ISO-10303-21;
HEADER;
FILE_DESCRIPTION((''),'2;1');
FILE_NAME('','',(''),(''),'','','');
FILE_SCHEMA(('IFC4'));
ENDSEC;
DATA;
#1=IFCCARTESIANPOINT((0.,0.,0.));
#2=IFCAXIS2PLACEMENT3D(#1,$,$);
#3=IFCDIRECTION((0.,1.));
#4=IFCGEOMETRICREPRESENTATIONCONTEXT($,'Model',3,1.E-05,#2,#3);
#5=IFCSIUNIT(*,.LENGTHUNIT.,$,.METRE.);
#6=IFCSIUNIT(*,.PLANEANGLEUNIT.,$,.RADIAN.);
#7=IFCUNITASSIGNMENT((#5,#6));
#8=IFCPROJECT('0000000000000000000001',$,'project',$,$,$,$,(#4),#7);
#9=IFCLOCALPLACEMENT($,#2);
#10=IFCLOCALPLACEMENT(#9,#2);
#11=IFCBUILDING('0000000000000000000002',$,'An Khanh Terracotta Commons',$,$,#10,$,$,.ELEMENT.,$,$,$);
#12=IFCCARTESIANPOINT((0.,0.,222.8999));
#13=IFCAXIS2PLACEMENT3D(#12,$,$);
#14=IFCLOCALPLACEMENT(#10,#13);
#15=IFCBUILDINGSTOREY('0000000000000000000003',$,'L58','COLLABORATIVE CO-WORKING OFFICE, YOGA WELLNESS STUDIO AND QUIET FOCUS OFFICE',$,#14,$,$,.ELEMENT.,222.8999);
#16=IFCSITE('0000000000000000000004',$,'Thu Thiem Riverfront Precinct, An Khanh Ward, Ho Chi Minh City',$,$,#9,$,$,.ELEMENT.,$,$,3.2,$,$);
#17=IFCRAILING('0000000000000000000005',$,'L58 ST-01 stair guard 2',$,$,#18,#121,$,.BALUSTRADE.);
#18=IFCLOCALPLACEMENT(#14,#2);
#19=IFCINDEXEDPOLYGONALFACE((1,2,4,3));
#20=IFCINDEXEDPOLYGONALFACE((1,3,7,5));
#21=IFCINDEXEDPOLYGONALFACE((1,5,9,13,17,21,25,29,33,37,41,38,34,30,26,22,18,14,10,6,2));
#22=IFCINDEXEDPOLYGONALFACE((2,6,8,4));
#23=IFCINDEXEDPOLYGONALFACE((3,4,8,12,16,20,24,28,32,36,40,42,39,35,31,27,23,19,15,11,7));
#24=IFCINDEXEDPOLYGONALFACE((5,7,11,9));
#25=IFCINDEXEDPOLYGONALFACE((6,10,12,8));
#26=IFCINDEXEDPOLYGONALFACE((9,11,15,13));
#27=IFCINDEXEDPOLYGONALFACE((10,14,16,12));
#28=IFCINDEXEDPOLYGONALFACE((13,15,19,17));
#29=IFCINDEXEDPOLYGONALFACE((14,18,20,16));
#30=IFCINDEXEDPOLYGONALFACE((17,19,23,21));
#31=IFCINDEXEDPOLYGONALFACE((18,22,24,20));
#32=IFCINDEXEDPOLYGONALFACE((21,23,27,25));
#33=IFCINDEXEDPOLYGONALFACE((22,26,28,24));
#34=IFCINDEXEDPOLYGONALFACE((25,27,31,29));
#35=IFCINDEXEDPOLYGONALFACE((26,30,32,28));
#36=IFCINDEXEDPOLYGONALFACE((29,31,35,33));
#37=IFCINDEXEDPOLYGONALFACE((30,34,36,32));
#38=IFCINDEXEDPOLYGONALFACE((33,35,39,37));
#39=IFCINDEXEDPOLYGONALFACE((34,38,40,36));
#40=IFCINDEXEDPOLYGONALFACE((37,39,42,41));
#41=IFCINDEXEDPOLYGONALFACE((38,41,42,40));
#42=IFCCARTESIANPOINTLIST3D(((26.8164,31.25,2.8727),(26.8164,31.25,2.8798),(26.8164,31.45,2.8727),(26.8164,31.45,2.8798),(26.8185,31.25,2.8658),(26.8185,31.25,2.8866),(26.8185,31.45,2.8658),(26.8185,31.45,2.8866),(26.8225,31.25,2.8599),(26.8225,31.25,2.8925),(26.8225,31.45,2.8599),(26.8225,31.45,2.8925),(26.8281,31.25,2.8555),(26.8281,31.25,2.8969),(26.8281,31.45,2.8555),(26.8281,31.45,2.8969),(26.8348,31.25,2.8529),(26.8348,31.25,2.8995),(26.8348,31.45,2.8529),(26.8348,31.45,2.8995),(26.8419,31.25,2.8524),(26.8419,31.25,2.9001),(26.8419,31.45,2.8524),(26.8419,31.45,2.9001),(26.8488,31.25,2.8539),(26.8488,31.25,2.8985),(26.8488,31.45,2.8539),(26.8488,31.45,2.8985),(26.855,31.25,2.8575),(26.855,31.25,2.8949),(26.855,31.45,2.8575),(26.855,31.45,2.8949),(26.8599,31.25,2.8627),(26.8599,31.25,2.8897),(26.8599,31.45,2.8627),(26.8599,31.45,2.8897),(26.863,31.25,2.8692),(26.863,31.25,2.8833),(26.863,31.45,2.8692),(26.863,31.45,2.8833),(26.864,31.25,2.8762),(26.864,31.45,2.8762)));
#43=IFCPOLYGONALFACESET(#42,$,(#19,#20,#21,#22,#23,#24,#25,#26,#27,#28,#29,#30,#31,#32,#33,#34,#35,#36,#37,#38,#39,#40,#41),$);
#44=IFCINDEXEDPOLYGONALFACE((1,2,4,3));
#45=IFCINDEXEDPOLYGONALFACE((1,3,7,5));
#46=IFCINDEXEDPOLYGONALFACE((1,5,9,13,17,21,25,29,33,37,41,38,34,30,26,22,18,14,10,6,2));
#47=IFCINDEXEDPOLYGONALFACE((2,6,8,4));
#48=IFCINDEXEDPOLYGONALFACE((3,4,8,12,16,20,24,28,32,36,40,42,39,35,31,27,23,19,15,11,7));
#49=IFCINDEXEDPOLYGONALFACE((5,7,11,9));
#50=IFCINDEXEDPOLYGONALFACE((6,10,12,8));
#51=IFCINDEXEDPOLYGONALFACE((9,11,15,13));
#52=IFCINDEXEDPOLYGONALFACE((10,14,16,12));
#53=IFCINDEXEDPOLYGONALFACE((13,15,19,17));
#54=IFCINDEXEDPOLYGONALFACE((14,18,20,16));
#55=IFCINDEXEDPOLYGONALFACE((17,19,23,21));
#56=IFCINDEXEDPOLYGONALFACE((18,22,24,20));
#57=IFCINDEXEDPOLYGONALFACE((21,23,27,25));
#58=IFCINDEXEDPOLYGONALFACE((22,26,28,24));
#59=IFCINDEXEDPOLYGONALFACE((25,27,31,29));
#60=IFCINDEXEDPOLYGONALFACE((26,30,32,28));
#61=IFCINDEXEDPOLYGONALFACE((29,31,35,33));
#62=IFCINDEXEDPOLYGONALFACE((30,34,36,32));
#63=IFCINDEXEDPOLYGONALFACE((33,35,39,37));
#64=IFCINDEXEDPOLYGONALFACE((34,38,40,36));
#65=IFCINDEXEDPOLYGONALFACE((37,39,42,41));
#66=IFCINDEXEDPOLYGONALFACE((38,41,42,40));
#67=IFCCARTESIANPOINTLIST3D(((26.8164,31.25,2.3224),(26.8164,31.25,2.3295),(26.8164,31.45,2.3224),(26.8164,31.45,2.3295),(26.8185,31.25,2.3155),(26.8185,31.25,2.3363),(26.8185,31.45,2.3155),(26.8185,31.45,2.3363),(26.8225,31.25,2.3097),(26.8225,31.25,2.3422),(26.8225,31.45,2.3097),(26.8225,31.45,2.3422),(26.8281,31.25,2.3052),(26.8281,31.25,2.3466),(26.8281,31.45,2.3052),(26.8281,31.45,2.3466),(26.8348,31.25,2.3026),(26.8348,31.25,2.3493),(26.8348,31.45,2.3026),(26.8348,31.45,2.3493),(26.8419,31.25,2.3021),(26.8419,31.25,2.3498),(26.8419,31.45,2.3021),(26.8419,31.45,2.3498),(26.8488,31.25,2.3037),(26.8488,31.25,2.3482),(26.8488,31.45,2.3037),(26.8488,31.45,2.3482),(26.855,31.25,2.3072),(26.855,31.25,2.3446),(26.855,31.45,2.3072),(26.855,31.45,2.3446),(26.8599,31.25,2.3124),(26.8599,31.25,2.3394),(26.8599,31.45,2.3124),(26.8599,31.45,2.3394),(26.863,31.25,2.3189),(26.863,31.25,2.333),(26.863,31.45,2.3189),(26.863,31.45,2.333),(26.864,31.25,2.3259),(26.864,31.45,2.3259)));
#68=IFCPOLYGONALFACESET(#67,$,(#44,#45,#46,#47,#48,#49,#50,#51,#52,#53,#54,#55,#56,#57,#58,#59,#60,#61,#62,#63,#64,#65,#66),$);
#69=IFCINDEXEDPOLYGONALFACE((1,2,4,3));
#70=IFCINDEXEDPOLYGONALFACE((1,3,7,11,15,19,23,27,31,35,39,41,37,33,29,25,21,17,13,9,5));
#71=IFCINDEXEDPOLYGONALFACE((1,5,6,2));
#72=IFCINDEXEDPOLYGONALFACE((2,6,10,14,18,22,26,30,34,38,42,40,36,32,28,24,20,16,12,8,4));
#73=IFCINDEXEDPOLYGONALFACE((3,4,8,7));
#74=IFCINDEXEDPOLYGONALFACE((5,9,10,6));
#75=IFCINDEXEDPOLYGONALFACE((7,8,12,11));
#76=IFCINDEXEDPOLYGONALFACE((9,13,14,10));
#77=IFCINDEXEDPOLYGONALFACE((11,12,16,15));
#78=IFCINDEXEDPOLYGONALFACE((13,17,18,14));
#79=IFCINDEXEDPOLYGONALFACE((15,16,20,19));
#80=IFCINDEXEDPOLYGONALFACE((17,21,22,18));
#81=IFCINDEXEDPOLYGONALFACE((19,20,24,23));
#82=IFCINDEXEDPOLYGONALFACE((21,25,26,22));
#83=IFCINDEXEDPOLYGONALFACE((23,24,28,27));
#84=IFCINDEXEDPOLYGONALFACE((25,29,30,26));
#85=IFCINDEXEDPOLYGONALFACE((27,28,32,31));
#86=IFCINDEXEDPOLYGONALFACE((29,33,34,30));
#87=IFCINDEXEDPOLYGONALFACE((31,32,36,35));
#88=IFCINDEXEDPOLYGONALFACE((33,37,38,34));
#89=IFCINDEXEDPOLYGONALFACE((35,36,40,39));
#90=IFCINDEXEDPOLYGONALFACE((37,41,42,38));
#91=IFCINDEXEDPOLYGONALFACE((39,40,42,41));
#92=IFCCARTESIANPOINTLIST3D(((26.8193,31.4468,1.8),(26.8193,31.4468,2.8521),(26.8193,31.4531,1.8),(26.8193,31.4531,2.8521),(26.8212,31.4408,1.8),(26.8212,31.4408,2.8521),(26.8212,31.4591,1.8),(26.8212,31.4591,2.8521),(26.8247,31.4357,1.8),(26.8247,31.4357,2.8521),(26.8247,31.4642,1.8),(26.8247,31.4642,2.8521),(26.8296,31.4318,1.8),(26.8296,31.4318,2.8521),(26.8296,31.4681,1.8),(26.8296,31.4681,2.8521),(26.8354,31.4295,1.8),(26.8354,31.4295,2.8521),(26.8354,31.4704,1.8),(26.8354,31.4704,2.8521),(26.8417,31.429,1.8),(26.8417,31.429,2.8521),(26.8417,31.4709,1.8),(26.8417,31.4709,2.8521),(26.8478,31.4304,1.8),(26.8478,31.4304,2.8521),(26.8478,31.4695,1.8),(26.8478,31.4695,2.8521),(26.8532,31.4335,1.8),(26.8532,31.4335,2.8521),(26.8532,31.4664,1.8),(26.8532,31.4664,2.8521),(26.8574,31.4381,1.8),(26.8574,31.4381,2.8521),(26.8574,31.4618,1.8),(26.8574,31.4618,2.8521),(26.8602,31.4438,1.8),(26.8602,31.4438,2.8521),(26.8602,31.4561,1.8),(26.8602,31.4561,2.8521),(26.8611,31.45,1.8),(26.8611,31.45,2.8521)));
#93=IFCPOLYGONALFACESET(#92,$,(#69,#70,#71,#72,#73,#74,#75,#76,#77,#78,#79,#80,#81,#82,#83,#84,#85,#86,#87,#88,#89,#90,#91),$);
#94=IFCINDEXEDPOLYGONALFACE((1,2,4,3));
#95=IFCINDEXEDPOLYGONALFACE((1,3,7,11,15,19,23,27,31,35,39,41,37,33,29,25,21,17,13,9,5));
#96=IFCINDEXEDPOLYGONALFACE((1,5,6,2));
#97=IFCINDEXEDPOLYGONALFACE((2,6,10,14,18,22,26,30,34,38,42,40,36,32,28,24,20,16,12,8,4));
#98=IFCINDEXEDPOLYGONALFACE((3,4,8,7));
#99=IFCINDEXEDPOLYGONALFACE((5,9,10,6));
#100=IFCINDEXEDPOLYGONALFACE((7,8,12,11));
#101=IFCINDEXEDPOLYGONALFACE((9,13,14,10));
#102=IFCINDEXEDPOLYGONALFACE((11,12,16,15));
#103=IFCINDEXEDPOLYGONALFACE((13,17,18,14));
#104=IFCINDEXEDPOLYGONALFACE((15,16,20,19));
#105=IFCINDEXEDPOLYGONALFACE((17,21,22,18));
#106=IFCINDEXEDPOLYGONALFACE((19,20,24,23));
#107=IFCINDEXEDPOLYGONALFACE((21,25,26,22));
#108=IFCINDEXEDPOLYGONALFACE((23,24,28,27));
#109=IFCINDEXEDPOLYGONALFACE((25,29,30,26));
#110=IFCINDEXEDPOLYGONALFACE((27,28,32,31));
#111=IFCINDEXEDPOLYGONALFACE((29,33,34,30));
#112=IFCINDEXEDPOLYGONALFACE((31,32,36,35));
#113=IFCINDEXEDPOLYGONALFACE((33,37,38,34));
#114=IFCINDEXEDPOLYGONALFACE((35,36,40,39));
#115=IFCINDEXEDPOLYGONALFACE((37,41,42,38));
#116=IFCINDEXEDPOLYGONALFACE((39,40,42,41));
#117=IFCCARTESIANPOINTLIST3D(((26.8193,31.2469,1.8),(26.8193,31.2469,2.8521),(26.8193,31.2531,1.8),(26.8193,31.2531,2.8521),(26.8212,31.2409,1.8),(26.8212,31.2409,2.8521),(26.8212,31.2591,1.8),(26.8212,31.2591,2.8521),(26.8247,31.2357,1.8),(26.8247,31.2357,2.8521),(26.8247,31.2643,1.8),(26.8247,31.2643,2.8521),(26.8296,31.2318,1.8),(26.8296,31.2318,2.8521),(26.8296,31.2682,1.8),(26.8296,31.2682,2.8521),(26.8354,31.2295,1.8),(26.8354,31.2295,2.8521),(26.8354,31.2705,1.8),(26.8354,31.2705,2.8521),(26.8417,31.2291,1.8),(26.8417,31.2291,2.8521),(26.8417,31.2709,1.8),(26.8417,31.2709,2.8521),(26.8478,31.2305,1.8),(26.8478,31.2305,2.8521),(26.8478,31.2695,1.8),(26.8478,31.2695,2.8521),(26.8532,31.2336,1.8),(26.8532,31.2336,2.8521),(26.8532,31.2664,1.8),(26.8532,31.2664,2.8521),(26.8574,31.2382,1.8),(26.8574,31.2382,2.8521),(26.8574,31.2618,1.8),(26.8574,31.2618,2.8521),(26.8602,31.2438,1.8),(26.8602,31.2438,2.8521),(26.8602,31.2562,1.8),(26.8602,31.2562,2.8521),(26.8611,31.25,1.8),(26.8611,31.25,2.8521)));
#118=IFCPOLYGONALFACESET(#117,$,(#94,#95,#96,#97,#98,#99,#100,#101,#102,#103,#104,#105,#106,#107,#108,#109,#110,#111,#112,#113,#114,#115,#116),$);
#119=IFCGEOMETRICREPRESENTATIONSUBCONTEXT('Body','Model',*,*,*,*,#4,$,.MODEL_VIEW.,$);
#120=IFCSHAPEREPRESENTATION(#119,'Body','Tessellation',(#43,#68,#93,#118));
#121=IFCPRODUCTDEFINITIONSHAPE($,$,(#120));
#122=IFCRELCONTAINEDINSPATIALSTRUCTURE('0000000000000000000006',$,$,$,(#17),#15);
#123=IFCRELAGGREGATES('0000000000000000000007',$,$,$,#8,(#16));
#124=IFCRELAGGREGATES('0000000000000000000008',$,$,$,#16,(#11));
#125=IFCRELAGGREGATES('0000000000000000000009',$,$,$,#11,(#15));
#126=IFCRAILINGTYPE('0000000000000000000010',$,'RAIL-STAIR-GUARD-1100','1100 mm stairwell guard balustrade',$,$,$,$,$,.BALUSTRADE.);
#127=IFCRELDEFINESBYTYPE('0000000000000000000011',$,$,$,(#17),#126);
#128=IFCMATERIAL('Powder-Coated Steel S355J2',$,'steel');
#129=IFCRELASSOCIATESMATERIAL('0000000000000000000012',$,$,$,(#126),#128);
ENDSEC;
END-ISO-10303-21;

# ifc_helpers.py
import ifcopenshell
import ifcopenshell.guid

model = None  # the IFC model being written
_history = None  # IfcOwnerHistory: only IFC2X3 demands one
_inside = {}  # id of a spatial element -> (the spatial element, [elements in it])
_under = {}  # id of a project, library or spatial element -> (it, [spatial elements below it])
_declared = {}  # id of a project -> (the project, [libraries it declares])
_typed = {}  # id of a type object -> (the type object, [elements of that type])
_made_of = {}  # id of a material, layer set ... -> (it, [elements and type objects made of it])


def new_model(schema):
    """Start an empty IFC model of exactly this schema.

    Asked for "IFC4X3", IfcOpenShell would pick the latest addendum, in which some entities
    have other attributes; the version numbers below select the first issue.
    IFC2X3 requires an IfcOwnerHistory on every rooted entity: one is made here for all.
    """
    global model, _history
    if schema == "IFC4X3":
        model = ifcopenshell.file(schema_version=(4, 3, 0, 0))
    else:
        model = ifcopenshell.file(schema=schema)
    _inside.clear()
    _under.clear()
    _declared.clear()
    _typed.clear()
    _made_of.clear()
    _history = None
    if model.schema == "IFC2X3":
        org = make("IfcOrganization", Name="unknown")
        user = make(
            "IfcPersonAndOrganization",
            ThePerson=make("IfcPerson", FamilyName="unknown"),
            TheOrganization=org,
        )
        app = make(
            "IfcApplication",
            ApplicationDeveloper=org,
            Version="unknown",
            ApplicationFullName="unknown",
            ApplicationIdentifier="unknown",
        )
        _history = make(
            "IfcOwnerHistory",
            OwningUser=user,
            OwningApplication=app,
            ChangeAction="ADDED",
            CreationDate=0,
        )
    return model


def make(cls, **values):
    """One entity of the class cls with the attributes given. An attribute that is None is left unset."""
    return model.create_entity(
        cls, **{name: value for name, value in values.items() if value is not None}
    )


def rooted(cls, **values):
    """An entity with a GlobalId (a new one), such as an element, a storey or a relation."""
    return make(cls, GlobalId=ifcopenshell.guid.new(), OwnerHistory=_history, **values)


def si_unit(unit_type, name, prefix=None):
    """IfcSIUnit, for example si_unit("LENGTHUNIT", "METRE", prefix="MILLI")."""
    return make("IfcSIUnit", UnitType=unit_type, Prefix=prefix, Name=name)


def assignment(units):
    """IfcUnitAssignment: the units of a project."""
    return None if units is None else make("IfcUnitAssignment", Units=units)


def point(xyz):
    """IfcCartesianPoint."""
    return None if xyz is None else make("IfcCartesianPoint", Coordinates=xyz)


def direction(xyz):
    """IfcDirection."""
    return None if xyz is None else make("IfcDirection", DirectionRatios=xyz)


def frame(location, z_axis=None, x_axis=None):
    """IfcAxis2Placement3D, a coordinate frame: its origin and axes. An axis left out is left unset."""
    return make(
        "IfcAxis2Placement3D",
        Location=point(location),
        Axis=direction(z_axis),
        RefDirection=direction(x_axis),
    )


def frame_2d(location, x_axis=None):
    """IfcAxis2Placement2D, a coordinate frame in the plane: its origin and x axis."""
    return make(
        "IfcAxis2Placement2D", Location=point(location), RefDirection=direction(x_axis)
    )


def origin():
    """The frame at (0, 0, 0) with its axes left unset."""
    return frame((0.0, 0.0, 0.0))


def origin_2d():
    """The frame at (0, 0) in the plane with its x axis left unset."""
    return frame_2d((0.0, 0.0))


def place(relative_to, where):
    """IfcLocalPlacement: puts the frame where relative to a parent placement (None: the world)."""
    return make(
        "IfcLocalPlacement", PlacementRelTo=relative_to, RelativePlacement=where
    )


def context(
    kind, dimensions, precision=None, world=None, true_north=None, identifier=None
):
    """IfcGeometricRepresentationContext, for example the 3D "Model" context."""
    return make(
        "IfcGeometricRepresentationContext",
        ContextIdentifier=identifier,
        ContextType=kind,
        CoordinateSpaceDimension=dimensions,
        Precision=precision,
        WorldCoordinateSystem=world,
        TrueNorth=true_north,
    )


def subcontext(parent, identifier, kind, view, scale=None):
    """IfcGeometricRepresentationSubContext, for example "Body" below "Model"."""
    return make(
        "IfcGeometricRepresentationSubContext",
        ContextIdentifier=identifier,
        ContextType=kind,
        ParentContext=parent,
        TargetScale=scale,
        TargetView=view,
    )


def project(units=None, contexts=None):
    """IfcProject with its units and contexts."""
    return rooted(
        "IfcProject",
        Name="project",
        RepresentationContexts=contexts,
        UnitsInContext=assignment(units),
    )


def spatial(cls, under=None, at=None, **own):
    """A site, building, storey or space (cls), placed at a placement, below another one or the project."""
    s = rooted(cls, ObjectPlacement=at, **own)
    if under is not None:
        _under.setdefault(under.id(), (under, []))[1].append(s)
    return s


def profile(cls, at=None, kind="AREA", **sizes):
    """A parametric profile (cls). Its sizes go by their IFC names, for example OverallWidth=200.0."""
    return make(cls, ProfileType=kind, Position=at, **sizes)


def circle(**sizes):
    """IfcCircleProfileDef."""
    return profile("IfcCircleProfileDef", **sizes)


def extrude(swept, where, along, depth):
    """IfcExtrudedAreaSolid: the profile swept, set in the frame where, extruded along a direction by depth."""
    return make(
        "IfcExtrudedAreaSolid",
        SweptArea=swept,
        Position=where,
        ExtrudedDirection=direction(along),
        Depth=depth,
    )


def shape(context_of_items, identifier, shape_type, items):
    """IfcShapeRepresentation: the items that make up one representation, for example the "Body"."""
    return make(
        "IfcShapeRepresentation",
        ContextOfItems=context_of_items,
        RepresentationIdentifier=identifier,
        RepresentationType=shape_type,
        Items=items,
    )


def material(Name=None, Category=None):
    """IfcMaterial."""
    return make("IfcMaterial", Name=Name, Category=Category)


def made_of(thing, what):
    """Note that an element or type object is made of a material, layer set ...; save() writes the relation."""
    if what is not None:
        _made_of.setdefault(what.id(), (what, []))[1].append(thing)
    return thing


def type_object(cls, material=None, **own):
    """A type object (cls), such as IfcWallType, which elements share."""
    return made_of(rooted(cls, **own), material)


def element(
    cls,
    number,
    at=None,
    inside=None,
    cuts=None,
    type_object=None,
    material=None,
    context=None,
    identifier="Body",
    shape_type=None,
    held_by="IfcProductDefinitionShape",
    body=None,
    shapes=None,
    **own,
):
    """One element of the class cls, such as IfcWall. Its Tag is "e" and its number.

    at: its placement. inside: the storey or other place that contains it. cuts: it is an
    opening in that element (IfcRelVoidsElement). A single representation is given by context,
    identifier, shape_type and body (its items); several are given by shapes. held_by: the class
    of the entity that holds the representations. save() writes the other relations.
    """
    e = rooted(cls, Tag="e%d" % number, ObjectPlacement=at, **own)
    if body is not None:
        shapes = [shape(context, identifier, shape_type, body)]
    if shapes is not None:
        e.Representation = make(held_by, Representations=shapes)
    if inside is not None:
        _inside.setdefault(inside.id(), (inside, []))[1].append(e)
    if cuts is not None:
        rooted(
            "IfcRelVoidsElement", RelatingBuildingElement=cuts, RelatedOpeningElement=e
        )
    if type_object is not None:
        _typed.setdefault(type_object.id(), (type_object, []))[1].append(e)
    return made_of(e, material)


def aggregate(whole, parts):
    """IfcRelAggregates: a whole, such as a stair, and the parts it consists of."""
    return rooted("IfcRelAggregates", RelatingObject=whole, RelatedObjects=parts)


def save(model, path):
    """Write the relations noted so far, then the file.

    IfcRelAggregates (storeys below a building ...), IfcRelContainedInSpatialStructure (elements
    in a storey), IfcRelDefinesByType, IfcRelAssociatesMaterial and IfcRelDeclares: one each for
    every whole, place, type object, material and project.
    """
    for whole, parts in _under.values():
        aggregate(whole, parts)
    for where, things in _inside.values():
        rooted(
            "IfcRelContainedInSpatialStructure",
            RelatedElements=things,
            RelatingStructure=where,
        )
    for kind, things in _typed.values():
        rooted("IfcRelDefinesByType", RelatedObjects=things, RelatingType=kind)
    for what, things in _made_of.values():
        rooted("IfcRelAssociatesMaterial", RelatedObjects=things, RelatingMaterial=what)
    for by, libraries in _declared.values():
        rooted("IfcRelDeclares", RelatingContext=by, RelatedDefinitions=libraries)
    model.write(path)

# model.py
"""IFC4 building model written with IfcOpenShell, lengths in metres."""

from ifc_helpers import new_model, si_unit, direction, frame, origin, origin_2d, place, context, subcontext, project, spatial, circle, extrude, material, type_object, element, save


model = new_model("IFC4")

# Units and contexts
model_context = context("Model", 3, precision=1e-05, world=origin(), true_north=direction((0.0, 1.0)))
body_context = subcontext(model_context, "Body", "Model", "MODEL_VIEW")
ifc_project = project(units=[si_unit("LENGTHUNIT", "METRE"), si_unit("PLANEANGLEUNIT", "RADIAN")], contexts=[model_context])

# Site, building, storey
site_placement = place(None, origin())
site = spatial("IfcSite", under=ifc_project, at=site_placement, Name="Thu Thiem Riverfront Precinct, An Khanh Ward, Ho Chi Minh City", CompositionType="ELEMENT", RefElevation=3.2)
building_placement = place(site_placement, origin())
building = spatial("IfcBuilding", under=site, at=building_placement, Name="An Khanh Terracotta Commons", CompositionType="ELEMENT")
storey_placement = place(building_placement, frame((0.0, 0.0, 222.8999)))
storey = spatial("IfcBuildingStorey", under=building, at=storey_placement, Name="L58", Description="COLLABORATIVE CO-WORKING OFFICE, YOGA WELLNESS STUDIO AND QUIET FOCUS OFFICE", CompositionType="ELEMENT", Elevation=222.8999)

# Railing
ifc_material_1 = material(Name="Powder-Coated Steel S355J2", Category="steel")
railing_type = type_object("IfcRailingType", Name="RAIL-STAIR-GUARD-1100", Description="1100 mm stairwell guard balustrade", PredefinedType="BALUSTRADE", material=ifc_material_1)
railing_1_placement = place(storey_placement, frame((26.8401, 31.45, 1.8)))
element("IfcRailing", 1, at=railing_1_placement, inside=storey, type_object=railing_type, Name="L58 ST-01 stair guard 2", PredefinedType="BALUSTRADE", context=body_context, shape_type="SweptSolid", body=[
    extrude(circle(Radius=0.0239, at=origin_2d()), frame((0.0, 0.0, 1.0762), z_axis=(0.0, -1.0, 0.0), x_axis=(1.0, 0.0, 0.0)), (0.0, 0.0, 1.0), 0.2),
    extrude(circle(Radius=0.0239, at=origin_2d()), frame((0.0, 0.0, 0.5259), z_axis=(0.0, -1.0, 0.0), x_axis=(1.0, 0.0, 0.0)), (0.0, 0.0, 1.0), 0.2),
    extrude(circle(Radius=0.021, at=origin_2d()), origin(), (0.0, 0.0, 1.0), 1.052),
    extrude(circle(Radius=0.021, at=origin_2d()), frame((0.0, -0.2, 0.0)), (0.0, 0.0, 1.0), 1.052),
])

save(model, "model.ifc")
